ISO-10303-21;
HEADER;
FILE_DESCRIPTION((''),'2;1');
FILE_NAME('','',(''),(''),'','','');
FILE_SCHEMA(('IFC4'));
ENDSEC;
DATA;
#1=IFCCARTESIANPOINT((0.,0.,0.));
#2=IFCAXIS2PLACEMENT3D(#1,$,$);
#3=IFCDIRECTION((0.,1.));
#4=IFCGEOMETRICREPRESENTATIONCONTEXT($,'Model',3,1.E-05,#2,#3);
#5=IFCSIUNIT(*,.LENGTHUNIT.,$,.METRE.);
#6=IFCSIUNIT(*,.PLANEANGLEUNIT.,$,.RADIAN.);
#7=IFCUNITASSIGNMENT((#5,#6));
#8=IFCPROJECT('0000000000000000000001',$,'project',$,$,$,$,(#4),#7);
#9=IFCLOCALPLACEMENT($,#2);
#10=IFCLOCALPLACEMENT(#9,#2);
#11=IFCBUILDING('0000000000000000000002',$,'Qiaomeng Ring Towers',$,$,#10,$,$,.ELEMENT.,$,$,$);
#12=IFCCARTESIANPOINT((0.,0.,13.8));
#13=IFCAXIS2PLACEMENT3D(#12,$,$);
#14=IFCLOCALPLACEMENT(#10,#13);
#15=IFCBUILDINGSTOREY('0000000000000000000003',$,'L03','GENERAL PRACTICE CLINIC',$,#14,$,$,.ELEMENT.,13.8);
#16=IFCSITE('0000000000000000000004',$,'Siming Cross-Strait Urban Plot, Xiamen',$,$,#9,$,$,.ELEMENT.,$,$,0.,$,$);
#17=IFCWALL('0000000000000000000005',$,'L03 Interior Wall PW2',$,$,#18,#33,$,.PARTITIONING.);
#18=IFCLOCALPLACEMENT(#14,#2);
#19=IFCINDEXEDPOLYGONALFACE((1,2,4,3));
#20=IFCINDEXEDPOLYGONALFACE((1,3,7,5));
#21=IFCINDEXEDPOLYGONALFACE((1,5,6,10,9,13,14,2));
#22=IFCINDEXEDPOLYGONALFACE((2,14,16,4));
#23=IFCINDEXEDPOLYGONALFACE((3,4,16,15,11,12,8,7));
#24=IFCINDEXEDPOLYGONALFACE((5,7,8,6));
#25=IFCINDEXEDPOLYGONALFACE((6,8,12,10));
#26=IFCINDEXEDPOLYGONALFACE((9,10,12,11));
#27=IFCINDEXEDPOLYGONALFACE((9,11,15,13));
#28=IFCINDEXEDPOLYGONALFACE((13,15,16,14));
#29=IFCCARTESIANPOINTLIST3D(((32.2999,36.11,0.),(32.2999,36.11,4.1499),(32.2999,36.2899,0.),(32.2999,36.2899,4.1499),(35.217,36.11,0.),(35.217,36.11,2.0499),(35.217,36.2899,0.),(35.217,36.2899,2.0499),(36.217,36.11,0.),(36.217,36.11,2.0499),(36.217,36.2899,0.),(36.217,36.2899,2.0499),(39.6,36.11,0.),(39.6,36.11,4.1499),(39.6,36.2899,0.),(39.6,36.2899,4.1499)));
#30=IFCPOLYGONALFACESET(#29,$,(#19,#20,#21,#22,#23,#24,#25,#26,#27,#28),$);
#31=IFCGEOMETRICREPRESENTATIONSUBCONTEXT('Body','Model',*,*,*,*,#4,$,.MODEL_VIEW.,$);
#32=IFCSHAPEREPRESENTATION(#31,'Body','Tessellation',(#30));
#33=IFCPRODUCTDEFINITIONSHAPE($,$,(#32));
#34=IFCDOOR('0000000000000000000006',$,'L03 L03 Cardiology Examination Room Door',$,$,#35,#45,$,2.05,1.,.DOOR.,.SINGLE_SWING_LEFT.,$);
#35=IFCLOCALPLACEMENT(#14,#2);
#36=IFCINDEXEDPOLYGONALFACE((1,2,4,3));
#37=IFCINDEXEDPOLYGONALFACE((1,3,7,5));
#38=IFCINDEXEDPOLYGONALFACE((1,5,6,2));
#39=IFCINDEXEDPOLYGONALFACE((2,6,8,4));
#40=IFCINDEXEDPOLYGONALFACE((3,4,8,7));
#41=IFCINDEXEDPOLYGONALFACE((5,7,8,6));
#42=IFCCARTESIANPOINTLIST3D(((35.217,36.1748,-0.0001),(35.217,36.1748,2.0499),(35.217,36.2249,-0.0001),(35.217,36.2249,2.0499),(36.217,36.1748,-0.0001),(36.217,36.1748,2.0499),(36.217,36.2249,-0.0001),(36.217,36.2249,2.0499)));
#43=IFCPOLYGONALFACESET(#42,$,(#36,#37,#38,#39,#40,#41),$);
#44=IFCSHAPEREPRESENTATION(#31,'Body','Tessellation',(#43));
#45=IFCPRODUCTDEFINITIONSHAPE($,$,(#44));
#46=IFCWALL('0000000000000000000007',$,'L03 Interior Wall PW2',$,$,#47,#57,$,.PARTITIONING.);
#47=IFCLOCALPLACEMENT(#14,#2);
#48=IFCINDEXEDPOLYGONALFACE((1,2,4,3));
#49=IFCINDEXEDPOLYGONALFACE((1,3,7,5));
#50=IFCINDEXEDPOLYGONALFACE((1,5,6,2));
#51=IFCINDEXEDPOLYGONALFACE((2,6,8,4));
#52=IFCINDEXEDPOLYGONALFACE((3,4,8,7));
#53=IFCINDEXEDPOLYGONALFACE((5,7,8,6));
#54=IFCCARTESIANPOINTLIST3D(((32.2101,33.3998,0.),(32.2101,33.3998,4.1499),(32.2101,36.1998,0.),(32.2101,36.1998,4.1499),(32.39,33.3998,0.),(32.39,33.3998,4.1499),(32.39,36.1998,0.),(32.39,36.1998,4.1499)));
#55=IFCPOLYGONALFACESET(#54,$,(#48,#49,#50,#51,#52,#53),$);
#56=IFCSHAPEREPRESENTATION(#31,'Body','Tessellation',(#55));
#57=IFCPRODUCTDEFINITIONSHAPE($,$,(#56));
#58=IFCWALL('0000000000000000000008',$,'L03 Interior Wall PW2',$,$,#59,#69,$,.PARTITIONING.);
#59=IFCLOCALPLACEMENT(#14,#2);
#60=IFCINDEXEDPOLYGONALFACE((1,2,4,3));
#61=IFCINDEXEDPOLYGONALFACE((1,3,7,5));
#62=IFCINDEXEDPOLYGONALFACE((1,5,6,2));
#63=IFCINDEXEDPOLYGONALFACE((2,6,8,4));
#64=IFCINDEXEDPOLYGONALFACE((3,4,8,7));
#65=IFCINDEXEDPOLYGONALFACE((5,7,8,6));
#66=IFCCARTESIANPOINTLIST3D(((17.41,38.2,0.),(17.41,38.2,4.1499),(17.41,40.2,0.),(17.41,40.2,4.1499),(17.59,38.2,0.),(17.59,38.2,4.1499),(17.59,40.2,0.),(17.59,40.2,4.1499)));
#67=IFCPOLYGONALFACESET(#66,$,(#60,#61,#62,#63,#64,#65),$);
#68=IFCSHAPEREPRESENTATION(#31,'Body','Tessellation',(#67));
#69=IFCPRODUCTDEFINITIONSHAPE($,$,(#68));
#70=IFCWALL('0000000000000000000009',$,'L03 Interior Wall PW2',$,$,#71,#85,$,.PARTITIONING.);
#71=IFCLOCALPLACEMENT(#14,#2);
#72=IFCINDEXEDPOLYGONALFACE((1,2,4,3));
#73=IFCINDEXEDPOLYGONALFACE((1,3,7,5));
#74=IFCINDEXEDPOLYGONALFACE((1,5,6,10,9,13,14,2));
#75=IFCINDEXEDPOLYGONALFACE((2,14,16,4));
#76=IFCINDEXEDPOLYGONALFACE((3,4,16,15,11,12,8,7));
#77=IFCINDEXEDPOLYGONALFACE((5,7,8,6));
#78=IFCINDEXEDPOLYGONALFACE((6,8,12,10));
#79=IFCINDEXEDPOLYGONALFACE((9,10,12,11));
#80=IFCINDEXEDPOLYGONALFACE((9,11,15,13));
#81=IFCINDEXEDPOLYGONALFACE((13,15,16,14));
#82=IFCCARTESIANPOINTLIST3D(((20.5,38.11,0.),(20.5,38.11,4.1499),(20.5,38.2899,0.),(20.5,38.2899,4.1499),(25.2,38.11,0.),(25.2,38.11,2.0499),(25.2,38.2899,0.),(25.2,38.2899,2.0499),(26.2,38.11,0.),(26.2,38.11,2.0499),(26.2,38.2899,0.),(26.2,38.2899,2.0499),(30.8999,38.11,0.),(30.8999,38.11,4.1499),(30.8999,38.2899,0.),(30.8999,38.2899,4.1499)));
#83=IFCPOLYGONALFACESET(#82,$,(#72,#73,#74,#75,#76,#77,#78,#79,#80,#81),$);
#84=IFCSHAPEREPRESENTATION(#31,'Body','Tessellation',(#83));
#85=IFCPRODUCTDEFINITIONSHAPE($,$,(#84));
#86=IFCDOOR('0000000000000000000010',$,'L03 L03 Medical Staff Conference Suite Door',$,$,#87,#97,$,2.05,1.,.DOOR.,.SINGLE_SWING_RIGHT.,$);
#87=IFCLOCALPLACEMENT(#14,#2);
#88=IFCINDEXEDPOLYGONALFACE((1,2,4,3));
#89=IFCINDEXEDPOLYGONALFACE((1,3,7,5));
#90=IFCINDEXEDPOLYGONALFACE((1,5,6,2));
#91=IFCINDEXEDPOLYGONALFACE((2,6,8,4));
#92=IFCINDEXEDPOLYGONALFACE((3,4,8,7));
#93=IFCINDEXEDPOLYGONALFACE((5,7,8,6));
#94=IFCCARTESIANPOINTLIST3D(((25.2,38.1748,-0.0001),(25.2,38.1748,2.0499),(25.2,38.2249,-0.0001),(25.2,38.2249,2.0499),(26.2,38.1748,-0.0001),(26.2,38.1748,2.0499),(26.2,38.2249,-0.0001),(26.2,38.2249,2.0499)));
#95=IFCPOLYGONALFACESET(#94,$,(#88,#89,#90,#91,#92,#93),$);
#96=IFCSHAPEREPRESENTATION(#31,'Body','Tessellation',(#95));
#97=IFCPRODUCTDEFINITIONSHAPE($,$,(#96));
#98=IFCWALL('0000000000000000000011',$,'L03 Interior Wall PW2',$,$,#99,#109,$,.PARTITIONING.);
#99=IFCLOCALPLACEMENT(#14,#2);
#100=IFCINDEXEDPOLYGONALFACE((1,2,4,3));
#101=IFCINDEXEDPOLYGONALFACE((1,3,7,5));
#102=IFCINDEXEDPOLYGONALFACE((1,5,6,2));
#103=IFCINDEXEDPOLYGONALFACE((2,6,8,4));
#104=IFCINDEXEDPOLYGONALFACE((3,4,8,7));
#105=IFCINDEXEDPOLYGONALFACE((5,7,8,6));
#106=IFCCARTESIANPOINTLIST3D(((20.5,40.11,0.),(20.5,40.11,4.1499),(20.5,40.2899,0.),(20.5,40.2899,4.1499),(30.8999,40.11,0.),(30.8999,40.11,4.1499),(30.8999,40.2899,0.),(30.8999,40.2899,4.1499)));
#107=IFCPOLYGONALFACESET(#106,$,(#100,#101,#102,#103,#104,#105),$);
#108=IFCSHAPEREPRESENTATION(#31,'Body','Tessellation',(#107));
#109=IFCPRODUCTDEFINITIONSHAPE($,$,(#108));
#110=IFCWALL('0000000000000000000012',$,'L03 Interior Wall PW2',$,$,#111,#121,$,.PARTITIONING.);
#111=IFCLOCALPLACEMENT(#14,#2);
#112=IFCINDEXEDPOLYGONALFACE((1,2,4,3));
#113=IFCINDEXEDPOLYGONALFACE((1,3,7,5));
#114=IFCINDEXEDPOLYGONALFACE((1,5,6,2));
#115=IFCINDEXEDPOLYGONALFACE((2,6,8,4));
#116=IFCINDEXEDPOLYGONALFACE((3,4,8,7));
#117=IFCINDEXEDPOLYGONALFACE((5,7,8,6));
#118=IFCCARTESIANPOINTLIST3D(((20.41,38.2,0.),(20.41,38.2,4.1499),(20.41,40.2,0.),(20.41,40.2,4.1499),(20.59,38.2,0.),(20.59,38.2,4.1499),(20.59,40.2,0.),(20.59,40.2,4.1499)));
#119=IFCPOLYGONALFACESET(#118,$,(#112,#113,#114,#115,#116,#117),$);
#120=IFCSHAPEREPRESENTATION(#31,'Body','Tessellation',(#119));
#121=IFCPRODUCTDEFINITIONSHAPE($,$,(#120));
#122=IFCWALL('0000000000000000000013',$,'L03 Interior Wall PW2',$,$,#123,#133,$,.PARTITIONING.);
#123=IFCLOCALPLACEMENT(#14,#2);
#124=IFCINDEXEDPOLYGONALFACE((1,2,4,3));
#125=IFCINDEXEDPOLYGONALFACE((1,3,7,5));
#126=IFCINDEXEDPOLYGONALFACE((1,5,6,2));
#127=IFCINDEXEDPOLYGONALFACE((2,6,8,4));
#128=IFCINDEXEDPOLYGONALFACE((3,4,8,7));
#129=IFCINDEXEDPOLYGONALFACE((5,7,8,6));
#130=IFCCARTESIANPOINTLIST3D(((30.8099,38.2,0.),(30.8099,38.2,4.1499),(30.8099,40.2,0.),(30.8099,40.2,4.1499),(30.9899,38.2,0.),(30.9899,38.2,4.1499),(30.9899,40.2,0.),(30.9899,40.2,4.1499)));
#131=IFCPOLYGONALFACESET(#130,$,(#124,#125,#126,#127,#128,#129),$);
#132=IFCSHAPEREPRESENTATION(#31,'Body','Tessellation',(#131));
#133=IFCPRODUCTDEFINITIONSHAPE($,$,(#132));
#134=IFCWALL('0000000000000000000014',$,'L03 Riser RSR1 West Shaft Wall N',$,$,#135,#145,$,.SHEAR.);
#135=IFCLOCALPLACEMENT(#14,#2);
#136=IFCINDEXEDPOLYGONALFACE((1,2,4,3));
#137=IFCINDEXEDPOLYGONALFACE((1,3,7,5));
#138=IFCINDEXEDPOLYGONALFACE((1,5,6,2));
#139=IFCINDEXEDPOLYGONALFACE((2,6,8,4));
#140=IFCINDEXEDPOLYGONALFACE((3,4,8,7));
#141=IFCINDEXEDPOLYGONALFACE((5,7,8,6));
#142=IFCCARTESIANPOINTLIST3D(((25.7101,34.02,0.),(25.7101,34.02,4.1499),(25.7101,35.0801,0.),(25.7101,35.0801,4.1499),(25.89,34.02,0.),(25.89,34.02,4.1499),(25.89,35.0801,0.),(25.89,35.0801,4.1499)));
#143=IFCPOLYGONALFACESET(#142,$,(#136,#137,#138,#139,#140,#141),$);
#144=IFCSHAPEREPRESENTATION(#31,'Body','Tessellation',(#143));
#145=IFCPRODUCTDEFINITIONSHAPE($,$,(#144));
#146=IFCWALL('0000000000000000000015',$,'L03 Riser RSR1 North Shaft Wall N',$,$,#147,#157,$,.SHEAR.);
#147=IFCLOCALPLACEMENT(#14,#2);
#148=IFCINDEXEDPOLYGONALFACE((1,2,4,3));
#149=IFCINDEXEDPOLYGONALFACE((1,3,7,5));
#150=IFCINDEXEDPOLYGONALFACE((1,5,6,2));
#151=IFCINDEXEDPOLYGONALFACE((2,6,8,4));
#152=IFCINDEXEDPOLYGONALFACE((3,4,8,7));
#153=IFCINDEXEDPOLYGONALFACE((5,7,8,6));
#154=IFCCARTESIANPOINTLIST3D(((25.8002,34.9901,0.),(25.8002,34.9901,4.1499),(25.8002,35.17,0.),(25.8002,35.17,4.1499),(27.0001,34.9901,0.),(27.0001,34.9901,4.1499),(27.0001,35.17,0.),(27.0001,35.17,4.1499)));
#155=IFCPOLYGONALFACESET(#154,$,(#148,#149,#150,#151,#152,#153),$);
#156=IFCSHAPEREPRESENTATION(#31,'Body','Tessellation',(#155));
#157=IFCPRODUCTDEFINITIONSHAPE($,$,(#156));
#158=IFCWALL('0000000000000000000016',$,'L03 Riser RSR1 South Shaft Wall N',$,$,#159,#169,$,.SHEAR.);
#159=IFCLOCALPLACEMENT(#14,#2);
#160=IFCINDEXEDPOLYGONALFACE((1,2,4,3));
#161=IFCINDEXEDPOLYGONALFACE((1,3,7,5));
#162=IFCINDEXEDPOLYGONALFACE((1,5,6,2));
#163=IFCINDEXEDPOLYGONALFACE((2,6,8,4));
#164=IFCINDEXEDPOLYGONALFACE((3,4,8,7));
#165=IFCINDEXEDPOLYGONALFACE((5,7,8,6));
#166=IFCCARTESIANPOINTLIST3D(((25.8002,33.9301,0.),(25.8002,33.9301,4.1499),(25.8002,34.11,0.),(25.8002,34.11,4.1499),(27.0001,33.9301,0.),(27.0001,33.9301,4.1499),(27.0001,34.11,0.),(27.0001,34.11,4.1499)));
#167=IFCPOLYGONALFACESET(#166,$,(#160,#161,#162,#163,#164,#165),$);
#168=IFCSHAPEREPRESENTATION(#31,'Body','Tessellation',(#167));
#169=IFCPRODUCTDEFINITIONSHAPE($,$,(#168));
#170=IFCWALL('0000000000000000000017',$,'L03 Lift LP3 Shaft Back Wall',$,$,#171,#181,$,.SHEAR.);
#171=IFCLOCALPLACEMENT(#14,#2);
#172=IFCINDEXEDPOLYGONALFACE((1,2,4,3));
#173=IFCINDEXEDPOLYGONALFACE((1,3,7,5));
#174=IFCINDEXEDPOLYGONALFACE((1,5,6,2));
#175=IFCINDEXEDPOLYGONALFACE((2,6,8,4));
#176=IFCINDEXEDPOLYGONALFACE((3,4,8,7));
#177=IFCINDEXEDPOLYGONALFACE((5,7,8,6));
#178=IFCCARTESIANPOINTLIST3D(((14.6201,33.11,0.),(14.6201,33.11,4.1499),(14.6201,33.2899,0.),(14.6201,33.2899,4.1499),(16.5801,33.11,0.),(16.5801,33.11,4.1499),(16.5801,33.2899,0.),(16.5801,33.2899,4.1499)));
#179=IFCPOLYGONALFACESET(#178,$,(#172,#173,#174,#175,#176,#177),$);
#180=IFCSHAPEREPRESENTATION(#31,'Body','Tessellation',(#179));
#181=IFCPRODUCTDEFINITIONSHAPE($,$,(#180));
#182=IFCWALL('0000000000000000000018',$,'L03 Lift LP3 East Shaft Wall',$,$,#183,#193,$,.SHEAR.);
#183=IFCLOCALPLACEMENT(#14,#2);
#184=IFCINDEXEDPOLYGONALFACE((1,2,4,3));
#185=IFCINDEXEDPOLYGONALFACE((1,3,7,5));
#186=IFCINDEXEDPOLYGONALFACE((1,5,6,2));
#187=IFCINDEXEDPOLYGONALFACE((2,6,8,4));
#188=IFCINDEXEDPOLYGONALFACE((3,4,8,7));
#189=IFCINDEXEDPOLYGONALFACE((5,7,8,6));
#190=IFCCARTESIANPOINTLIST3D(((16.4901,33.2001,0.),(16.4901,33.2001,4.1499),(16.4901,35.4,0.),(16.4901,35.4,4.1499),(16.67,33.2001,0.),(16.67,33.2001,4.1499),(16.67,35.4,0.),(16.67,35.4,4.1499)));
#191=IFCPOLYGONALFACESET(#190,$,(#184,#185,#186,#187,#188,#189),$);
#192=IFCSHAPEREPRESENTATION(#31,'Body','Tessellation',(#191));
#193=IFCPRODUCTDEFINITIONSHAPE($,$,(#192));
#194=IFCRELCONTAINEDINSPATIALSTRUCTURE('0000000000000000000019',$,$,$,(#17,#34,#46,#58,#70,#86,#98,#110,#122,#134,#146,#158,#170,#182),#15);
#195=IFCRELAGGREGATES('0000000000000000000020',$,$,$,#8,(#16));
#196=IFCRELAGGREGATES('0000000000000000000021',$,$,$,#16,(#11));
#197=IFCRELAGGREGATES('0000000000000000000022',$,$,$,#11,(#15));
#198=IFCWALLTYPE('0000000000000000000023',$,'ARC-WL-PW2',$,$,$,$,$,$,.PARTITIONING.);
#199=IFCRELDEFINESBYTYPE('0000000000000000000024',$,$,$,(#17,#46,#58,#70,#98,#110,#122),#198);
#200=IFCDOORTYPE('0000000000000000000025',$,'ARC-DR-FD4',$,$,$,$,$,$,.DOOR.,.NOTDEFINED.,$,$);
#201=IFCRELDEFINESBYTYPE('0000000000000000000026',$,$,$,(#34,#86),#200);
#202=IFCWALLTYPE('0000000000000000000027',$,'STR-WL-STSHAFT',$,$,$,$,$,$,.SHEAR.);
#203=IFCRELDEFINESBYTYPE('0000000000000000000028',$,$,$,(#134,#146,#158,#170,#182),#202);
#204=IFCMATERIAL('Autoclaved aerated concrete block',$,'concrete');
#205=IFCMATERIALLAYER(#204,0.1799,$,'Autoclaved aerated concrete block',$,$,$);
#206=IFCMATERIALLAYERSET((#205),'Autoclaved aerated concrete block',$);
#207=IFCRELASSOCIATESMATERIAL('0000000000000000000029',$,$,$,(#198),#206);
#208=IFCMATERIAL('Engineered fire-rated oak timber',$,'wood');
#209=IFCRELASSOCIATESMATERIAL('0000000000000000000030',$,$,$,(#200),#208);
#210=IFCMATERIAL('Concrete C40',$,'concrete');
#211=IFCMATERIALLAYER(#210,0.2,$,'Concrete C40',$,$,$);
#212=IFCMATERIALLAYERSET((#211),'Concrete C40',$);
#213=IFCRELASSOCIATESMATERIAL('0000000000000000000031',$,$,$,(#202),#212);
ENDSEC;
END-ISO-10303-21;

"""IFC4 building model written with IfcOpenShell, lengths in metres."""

from ifc_helpers import new_model, si_unit, direction, frame, frame_2d, origin, place, context, subcontext, project, spatial, rectangle, extrude, source, transform, mapped, material, layer, layer_set, type_object, element, fill, save


model = new_model("IFC4")

# Units and contexts
model_context = context("Model", 3, precision=1e-05, world=origin(), true_north=direction((0.0, 1.0)))
body_context = subcontext(model_context, "Body", "Model", "MODEL_VIEW")
ifc_project = project(units=[si_unit("LENGTHUNIT", "METRE"), si_unit("PLANEANGLEUNIT", "RADIAN")], contexts=[model_context])

# Site, building, storey
site_placement = place(None, origin())
site = spatial("IfcSite", under=ifc_project, at=site_placement, Name="Siming Cross-Strait Urban Plot, Xiamen", CompositionType="ELEMENT", RefElevation=0.0)
building_placement = place(site_placement, origin())
building = spatial("IfcBuilding", under=site, at=building_placement, Name="Qiaomeng Ring Towers", CompositionType="ELEMENT")
storey_placement = place(building_placement, frame((0.0, 0.0, 13.8)))
storey = spatial("IfcBuildingStorey", under=building, at=storey_placement, Name="L03", Description="GENERAL PRACTICE CLINIC", CompositionType="ELEMENT", Elevation=13.8)

# Shared definitions
ifc_material_1 = material(Name="Concrete C40", Category="concrete")

# Shared definitions
ifc_material_2 = material(Name="Autoclaved aerated concrete block", Category="concrete")
ifc_layer_1 = layer(ifc_material_2, 0.1799, Name="Autoclaved aerated concrete block")
ifc_layer_set_1 = layer_set([ifc_layer_1], Name="Autoclaved aerated concrete block")
wall_type_1 = type_object("IfcWallType", Name="ARC-WL-PW2", PredefinedType="PARTITIONING", material=ifc_layer_set_1)

# Wall, opening, door
wall_1_placement = place(storey_placement, frame((32.3, 36.2, 0.0), z_axis=(0.0, 0.0, 1.0), x_axis=(1.0, 0.0, 0.0)))
wall_1 = element("IfcWall", 1, at=wall_1_placement, inside=storey, type_object=wall_type_1, Name="L03 Interior Wall PW2", PredefinedType="PARTITIONING", context=body_context, shape_type="SweptSolid", body=[
    extrude(rectangle(XDim=7.3, YDim=0.1799, at=frame_2d((3.6499, 0.0))), origin(), (0.0, 0.0, 1.0), 4.1499),
])
opening_1_placement = place(wall_1_placement, frame((2.917, 0.0, 0.0)))
opening_1 = element("IfcOpeningElement", 2, at=opening_1_placement, cuts=wall_1, PredefinedType="OPENING", context=body_context, shape_type="SweptSolid", body=[
    extrude(rectangle(XDim=1.0, YDim=2.05, at=frame_2d((0.5, 1.0249))), frame((0.0, 0.0999, 0.0), z_axis=(0.0, -1.0, 0.0), x_axis=(1.0, 0.0, 0.0)), (0.0, 0.0, 1.0), 0.2),
])
ifc_material_3 = material(Name="Engineered fire-rated oak timber", Category="wood")
door_type_1 = type_object("IfcDoorType", Name="ARC-DR-FD4", OperationType="NOTDEFINED", PredefinedType="DOOR", material=ifc_material_3)
shared_shape_1 = source(origin(), body_context, "Body", "SweptSolid", [
    extrude(rectangle(XDim=1.0, YDim=2.05, at=frame_2d((0.5, 1.0249))), frame((0.0, 0.0249, 0.0), z_axis=(0.0, -1.0, 0.0), x_axis=(1.0, 0.0, 0.0)), (0.0, 0.0, 1.0), 0.05),
])
door_1_placement = place(opening_1_placement, origin())
door_1 = element("IfcDoor", 3, at=door_1_placement, inside=storey, type_object=door_type_1, Name="L03 L03 Cardiology Examination Room Door", OperationType="SINGLE_SWING_LEFT", OverallHeight=2.05, OverallWidth=1.0, PredefinedType="DOOR", context=body_context, shape_type="MappedRepresentation", body=[
    mapped(shared_shape_1, transform((0.0, 0.0, 0.0), x_axis=(1.0, 0.0, 0.0), y_axis=(0.0, 1.0, 0.0), z_axis=(0.0, 0.0, 1.0), scale=1.0)),
])
fill(opening_1, door_1)

# Walls
wall_2_placement = place(storey_placement, frame((32.3, 33.3999, 0.0), z_axis=(0.0, 0.0, 1.0), x_axis=(0.0, 1.0, 0.0)))
element("IfcWall", 4, at=wall_2_placement, inside=storey, type_object=wall_type_1, Name="L03 Interior Wall PW2", PredefinedType="PARTITIONING", context=body_context, shape_type="SweptSolid", body=[
    extrude(rectangle(XDim=2.8, YDim=0.1799, at=frame_2d((1.3999, 0.0))), origin(), (0.0, 0.0, 1.0), 4.1499),
])
wall_3_placement = place(storey_placement, frame((17.5, 38.2, 0.0), z_axis=(0.0, 0.0, 1.0), x_axis=(0.0, 1.0, 0.0)))
element("IfcWall", 5, at=wall_3_placement, inside=storey, type_object=wall_type_1, Name="L03 Interior Wall PW2", PredefinedType="PARTITIONING", context=body_context, shape_type="SweptSolid", body=[
    extrude(rectangle(XDim=2.0, YDim=0.1799, at=frame_2d((1.0, 0.0))), origin(), (0.0, 0.0, 1.0), 4.1499),
])

# Wall, opening, door
wall_4_placement = place(storey_placement, frame((20.5, 38.2, 0.0), z_axis=(0.0, 0.0, 1.0), x_axis=(1.0, 0.0, 0.0)))
wall_4 = element("IfcWall", 6, at=wall_4_placement, inside=storey, type_object=wall_type_1, Name="L03 Interior Wall PW2", PredefinedType="PARTITIONING", context=body_context, shape_type="SweptSolid", body=[
    extrude(rectangle(XDim=10.3999, YDim=0.1799, at=frame_2d((5.2, 0.0))), origin(), (0.0, 0.0, 1.0), 4.1499),
])
opening_2_placement = place(wall_4_placement, frame((4.7, 0.0, 0.0)))
opening_2 = element("IfcOpeningElement", 7, at=opening_2_placement, cuts=wall_4, PredefinedType="OPENING", context=body_context, shape_type="SweptSolid", body=[
    extrude(rectangle(XDim=1.0, YDim=2.05, at=frame_2d((0.5, 1.0249))), frame((0.0, 0.0999, 0.0), z_axis=(0.0, -1.0, 0.0), x_axis=(1.0, 0.0, 0.0)), (0.0, 0.0, 1.0), 0.2),
])
door_2_placement = place(opening_2_placement, origin())
door_2 = element("IfcDoor", 8, at=door_2_placement, inside=storey, type_object=door_type_1, Name="L03 L03 Medical Staff Conference Suite Door", OperationType="SINGLE_SWING_RIGHT", OverallHeight=2.05, OverallWidth=1.0, PredefinedType="DOOR", context=body_context, shape_type="MappedRepresentation", body=[
    mapped(shared_shape_1, transform((0.0, 0.0, 0.0), x_axis=(1.0, 0.0, 0.0), y_axis=(0.0, 1.0, 0.0), z_axis=(0.0, 0.0, 1.0), scale=1.0)),
])
fill(opening_2, door_2)

# Walls
wall_5_placement = place(storey_placement, frame((20.5, 40.2, 0.0), z_axis=(0.0, 0.0, 1.0), x_axis=(1.0, 0.0, 0.0)))
element("IfcWall", 9, at=wall_5_placement, inside=storey, type_object=wall_type_1, Name="L03 Interior Wall PW2", PredefinedType="PARTITIONING", context=body_context, shape_type="SweptSolid", body=[
    extrude(rectangle(XDim=10.3999, YDim=0.1799, at=frame_2d((5.2, 0.0))), origin(), (0.0, 0.0, 1.0), 4.1499),
])
for number, where, z_axis, x_axis, name in (
    (10, (20.5, 38.2, 0.0), (0.0, 0.0, 1.0), (0.0, 1.0, 0.0), "L03 Interior Wall PW2"),
    (11, (30.8999, 38.2, 0.0), (0.0, 0.0, 1.0), (0.0, 1.0, 0.0), "L03 Interior Wall PW2"),
):
    element("IfcWall", number, at=place(storey_placement, frame(where, z_axis=z_axis, x_axis=x_axis)), inside=storey, type_object=wall_type_1, Name=name, PredefinedType="PARTITIONING", context=body_context, shape_type="SweptSolid", body=[
        extrude(rectangle(XDim=2.0, YDim=0.1799, at=frame_2d((1.0, 0.0))), origin(), (0.0, 0.0, 1.0), 4.1499),
    ])
ifc_layer_2 = layer(ifc_material_1, 0.2, Name="Concrete C40")
ifc_layer_set_2 = layer_set([ifc_layer_2], Name="Concrete C40")
wall_type_2 = type_object("IfcWallType", Name="STR-WL-STSHAFT", PredefinedType="SHEAR", material=ifc_layer_set_2)
wall_6_placement = place(storey_placement, frame((25.8, 34.02, 0.0), z_axis=(0.0, 0.0, 1.0), x_axis=(0.0, 1.0, 0.0)))
element("IfcWall", 12, at=wall_6_placement, inside=storey, type_object=wall_type_2, Name="L03 Riser RSR1 West Shaft Wall N", PredefinedType="SHEAR", context=body_context, shape_type="SweptSolid", body=[
    extrude(rectangle(XDim=1.0601, YDim=0.1799, at=frame_2d((0.53, 0.0))), origin(), (0.0, 0.0, 1.0), 4.1499),
])
for number, where, z_axis, x_axis, name in (
    (13, (25.8, 35.0801, 0.0), (0.0, 0.0, 1.0), (1.0, 0.0, 0.0), "L03 Riser RSR1 North Shaft Wall N"),
    (14, (25.8, 34.02, 0.0), (0.0, 0.0, 1.0), (1.0, 0.0, 0.0), "L03 Riser RSR1 South Shaft Wall N"),
):
    element("IfcWall", number, at=place(storey_placement, frame(where, z_axis=z_axis, x_axis=x_axis)), inside=storey, type_object=wall_type_2, Name=name, PredefinedType="SHEAR", context=body_context, shape_type="SweptSolid", body=[
        extrude(rectangle(XDim=1.2, YDim=0.1799, at=frame_2d((0.6001, 0.0))), origin(), (0.0, 0.0, 1.0), 4.1499),
    ])
wall_7_placement = place(storey_placement, frame((14.6201, 33.2, 0.0), z_axis=(0.0, 0.0, 1.0), x_axis=(1.0, 0.0, 0.0)))
element("IfcWall", 15, at=wall_7_placement, inside=storey, type_object=wall_type_2, Name="L03 Lift LP3 Shaft Back Wall", PredefinedType="SHEAR", context=body_context, shape_type="SweptSolid", body=[
    extrude(rectangle(XDim=1.96, YDim=0.1799, at=frame_2d((0.98, 0.0))), origin(), (0.0, 0.0, 1.0), 4.1499),
])
wall_8_placement = place(storey_placement, frame((16.5801, 33.2, 0.0), z_axis=(0.0, 0.0, 1.0), x_axis=(0.0, 1.0, 0.0)))
element("IfcWall", 16, at=wall_8_placement, inside=storey, type_object=wall_type_2, Name="L03 Lift LP3 East Shaft Wall", PredefinedType="SHEAR", context=body_context, shape_type="SweptSolid", body=[
    extrude(rectangle(XDim=2.2, YDim=0.1799, at=frame_2d((1.1001, 0.0))), origin(), (0.0, 0.0, 1.0), 4.1499),
])

save(model, "model.ifc")
